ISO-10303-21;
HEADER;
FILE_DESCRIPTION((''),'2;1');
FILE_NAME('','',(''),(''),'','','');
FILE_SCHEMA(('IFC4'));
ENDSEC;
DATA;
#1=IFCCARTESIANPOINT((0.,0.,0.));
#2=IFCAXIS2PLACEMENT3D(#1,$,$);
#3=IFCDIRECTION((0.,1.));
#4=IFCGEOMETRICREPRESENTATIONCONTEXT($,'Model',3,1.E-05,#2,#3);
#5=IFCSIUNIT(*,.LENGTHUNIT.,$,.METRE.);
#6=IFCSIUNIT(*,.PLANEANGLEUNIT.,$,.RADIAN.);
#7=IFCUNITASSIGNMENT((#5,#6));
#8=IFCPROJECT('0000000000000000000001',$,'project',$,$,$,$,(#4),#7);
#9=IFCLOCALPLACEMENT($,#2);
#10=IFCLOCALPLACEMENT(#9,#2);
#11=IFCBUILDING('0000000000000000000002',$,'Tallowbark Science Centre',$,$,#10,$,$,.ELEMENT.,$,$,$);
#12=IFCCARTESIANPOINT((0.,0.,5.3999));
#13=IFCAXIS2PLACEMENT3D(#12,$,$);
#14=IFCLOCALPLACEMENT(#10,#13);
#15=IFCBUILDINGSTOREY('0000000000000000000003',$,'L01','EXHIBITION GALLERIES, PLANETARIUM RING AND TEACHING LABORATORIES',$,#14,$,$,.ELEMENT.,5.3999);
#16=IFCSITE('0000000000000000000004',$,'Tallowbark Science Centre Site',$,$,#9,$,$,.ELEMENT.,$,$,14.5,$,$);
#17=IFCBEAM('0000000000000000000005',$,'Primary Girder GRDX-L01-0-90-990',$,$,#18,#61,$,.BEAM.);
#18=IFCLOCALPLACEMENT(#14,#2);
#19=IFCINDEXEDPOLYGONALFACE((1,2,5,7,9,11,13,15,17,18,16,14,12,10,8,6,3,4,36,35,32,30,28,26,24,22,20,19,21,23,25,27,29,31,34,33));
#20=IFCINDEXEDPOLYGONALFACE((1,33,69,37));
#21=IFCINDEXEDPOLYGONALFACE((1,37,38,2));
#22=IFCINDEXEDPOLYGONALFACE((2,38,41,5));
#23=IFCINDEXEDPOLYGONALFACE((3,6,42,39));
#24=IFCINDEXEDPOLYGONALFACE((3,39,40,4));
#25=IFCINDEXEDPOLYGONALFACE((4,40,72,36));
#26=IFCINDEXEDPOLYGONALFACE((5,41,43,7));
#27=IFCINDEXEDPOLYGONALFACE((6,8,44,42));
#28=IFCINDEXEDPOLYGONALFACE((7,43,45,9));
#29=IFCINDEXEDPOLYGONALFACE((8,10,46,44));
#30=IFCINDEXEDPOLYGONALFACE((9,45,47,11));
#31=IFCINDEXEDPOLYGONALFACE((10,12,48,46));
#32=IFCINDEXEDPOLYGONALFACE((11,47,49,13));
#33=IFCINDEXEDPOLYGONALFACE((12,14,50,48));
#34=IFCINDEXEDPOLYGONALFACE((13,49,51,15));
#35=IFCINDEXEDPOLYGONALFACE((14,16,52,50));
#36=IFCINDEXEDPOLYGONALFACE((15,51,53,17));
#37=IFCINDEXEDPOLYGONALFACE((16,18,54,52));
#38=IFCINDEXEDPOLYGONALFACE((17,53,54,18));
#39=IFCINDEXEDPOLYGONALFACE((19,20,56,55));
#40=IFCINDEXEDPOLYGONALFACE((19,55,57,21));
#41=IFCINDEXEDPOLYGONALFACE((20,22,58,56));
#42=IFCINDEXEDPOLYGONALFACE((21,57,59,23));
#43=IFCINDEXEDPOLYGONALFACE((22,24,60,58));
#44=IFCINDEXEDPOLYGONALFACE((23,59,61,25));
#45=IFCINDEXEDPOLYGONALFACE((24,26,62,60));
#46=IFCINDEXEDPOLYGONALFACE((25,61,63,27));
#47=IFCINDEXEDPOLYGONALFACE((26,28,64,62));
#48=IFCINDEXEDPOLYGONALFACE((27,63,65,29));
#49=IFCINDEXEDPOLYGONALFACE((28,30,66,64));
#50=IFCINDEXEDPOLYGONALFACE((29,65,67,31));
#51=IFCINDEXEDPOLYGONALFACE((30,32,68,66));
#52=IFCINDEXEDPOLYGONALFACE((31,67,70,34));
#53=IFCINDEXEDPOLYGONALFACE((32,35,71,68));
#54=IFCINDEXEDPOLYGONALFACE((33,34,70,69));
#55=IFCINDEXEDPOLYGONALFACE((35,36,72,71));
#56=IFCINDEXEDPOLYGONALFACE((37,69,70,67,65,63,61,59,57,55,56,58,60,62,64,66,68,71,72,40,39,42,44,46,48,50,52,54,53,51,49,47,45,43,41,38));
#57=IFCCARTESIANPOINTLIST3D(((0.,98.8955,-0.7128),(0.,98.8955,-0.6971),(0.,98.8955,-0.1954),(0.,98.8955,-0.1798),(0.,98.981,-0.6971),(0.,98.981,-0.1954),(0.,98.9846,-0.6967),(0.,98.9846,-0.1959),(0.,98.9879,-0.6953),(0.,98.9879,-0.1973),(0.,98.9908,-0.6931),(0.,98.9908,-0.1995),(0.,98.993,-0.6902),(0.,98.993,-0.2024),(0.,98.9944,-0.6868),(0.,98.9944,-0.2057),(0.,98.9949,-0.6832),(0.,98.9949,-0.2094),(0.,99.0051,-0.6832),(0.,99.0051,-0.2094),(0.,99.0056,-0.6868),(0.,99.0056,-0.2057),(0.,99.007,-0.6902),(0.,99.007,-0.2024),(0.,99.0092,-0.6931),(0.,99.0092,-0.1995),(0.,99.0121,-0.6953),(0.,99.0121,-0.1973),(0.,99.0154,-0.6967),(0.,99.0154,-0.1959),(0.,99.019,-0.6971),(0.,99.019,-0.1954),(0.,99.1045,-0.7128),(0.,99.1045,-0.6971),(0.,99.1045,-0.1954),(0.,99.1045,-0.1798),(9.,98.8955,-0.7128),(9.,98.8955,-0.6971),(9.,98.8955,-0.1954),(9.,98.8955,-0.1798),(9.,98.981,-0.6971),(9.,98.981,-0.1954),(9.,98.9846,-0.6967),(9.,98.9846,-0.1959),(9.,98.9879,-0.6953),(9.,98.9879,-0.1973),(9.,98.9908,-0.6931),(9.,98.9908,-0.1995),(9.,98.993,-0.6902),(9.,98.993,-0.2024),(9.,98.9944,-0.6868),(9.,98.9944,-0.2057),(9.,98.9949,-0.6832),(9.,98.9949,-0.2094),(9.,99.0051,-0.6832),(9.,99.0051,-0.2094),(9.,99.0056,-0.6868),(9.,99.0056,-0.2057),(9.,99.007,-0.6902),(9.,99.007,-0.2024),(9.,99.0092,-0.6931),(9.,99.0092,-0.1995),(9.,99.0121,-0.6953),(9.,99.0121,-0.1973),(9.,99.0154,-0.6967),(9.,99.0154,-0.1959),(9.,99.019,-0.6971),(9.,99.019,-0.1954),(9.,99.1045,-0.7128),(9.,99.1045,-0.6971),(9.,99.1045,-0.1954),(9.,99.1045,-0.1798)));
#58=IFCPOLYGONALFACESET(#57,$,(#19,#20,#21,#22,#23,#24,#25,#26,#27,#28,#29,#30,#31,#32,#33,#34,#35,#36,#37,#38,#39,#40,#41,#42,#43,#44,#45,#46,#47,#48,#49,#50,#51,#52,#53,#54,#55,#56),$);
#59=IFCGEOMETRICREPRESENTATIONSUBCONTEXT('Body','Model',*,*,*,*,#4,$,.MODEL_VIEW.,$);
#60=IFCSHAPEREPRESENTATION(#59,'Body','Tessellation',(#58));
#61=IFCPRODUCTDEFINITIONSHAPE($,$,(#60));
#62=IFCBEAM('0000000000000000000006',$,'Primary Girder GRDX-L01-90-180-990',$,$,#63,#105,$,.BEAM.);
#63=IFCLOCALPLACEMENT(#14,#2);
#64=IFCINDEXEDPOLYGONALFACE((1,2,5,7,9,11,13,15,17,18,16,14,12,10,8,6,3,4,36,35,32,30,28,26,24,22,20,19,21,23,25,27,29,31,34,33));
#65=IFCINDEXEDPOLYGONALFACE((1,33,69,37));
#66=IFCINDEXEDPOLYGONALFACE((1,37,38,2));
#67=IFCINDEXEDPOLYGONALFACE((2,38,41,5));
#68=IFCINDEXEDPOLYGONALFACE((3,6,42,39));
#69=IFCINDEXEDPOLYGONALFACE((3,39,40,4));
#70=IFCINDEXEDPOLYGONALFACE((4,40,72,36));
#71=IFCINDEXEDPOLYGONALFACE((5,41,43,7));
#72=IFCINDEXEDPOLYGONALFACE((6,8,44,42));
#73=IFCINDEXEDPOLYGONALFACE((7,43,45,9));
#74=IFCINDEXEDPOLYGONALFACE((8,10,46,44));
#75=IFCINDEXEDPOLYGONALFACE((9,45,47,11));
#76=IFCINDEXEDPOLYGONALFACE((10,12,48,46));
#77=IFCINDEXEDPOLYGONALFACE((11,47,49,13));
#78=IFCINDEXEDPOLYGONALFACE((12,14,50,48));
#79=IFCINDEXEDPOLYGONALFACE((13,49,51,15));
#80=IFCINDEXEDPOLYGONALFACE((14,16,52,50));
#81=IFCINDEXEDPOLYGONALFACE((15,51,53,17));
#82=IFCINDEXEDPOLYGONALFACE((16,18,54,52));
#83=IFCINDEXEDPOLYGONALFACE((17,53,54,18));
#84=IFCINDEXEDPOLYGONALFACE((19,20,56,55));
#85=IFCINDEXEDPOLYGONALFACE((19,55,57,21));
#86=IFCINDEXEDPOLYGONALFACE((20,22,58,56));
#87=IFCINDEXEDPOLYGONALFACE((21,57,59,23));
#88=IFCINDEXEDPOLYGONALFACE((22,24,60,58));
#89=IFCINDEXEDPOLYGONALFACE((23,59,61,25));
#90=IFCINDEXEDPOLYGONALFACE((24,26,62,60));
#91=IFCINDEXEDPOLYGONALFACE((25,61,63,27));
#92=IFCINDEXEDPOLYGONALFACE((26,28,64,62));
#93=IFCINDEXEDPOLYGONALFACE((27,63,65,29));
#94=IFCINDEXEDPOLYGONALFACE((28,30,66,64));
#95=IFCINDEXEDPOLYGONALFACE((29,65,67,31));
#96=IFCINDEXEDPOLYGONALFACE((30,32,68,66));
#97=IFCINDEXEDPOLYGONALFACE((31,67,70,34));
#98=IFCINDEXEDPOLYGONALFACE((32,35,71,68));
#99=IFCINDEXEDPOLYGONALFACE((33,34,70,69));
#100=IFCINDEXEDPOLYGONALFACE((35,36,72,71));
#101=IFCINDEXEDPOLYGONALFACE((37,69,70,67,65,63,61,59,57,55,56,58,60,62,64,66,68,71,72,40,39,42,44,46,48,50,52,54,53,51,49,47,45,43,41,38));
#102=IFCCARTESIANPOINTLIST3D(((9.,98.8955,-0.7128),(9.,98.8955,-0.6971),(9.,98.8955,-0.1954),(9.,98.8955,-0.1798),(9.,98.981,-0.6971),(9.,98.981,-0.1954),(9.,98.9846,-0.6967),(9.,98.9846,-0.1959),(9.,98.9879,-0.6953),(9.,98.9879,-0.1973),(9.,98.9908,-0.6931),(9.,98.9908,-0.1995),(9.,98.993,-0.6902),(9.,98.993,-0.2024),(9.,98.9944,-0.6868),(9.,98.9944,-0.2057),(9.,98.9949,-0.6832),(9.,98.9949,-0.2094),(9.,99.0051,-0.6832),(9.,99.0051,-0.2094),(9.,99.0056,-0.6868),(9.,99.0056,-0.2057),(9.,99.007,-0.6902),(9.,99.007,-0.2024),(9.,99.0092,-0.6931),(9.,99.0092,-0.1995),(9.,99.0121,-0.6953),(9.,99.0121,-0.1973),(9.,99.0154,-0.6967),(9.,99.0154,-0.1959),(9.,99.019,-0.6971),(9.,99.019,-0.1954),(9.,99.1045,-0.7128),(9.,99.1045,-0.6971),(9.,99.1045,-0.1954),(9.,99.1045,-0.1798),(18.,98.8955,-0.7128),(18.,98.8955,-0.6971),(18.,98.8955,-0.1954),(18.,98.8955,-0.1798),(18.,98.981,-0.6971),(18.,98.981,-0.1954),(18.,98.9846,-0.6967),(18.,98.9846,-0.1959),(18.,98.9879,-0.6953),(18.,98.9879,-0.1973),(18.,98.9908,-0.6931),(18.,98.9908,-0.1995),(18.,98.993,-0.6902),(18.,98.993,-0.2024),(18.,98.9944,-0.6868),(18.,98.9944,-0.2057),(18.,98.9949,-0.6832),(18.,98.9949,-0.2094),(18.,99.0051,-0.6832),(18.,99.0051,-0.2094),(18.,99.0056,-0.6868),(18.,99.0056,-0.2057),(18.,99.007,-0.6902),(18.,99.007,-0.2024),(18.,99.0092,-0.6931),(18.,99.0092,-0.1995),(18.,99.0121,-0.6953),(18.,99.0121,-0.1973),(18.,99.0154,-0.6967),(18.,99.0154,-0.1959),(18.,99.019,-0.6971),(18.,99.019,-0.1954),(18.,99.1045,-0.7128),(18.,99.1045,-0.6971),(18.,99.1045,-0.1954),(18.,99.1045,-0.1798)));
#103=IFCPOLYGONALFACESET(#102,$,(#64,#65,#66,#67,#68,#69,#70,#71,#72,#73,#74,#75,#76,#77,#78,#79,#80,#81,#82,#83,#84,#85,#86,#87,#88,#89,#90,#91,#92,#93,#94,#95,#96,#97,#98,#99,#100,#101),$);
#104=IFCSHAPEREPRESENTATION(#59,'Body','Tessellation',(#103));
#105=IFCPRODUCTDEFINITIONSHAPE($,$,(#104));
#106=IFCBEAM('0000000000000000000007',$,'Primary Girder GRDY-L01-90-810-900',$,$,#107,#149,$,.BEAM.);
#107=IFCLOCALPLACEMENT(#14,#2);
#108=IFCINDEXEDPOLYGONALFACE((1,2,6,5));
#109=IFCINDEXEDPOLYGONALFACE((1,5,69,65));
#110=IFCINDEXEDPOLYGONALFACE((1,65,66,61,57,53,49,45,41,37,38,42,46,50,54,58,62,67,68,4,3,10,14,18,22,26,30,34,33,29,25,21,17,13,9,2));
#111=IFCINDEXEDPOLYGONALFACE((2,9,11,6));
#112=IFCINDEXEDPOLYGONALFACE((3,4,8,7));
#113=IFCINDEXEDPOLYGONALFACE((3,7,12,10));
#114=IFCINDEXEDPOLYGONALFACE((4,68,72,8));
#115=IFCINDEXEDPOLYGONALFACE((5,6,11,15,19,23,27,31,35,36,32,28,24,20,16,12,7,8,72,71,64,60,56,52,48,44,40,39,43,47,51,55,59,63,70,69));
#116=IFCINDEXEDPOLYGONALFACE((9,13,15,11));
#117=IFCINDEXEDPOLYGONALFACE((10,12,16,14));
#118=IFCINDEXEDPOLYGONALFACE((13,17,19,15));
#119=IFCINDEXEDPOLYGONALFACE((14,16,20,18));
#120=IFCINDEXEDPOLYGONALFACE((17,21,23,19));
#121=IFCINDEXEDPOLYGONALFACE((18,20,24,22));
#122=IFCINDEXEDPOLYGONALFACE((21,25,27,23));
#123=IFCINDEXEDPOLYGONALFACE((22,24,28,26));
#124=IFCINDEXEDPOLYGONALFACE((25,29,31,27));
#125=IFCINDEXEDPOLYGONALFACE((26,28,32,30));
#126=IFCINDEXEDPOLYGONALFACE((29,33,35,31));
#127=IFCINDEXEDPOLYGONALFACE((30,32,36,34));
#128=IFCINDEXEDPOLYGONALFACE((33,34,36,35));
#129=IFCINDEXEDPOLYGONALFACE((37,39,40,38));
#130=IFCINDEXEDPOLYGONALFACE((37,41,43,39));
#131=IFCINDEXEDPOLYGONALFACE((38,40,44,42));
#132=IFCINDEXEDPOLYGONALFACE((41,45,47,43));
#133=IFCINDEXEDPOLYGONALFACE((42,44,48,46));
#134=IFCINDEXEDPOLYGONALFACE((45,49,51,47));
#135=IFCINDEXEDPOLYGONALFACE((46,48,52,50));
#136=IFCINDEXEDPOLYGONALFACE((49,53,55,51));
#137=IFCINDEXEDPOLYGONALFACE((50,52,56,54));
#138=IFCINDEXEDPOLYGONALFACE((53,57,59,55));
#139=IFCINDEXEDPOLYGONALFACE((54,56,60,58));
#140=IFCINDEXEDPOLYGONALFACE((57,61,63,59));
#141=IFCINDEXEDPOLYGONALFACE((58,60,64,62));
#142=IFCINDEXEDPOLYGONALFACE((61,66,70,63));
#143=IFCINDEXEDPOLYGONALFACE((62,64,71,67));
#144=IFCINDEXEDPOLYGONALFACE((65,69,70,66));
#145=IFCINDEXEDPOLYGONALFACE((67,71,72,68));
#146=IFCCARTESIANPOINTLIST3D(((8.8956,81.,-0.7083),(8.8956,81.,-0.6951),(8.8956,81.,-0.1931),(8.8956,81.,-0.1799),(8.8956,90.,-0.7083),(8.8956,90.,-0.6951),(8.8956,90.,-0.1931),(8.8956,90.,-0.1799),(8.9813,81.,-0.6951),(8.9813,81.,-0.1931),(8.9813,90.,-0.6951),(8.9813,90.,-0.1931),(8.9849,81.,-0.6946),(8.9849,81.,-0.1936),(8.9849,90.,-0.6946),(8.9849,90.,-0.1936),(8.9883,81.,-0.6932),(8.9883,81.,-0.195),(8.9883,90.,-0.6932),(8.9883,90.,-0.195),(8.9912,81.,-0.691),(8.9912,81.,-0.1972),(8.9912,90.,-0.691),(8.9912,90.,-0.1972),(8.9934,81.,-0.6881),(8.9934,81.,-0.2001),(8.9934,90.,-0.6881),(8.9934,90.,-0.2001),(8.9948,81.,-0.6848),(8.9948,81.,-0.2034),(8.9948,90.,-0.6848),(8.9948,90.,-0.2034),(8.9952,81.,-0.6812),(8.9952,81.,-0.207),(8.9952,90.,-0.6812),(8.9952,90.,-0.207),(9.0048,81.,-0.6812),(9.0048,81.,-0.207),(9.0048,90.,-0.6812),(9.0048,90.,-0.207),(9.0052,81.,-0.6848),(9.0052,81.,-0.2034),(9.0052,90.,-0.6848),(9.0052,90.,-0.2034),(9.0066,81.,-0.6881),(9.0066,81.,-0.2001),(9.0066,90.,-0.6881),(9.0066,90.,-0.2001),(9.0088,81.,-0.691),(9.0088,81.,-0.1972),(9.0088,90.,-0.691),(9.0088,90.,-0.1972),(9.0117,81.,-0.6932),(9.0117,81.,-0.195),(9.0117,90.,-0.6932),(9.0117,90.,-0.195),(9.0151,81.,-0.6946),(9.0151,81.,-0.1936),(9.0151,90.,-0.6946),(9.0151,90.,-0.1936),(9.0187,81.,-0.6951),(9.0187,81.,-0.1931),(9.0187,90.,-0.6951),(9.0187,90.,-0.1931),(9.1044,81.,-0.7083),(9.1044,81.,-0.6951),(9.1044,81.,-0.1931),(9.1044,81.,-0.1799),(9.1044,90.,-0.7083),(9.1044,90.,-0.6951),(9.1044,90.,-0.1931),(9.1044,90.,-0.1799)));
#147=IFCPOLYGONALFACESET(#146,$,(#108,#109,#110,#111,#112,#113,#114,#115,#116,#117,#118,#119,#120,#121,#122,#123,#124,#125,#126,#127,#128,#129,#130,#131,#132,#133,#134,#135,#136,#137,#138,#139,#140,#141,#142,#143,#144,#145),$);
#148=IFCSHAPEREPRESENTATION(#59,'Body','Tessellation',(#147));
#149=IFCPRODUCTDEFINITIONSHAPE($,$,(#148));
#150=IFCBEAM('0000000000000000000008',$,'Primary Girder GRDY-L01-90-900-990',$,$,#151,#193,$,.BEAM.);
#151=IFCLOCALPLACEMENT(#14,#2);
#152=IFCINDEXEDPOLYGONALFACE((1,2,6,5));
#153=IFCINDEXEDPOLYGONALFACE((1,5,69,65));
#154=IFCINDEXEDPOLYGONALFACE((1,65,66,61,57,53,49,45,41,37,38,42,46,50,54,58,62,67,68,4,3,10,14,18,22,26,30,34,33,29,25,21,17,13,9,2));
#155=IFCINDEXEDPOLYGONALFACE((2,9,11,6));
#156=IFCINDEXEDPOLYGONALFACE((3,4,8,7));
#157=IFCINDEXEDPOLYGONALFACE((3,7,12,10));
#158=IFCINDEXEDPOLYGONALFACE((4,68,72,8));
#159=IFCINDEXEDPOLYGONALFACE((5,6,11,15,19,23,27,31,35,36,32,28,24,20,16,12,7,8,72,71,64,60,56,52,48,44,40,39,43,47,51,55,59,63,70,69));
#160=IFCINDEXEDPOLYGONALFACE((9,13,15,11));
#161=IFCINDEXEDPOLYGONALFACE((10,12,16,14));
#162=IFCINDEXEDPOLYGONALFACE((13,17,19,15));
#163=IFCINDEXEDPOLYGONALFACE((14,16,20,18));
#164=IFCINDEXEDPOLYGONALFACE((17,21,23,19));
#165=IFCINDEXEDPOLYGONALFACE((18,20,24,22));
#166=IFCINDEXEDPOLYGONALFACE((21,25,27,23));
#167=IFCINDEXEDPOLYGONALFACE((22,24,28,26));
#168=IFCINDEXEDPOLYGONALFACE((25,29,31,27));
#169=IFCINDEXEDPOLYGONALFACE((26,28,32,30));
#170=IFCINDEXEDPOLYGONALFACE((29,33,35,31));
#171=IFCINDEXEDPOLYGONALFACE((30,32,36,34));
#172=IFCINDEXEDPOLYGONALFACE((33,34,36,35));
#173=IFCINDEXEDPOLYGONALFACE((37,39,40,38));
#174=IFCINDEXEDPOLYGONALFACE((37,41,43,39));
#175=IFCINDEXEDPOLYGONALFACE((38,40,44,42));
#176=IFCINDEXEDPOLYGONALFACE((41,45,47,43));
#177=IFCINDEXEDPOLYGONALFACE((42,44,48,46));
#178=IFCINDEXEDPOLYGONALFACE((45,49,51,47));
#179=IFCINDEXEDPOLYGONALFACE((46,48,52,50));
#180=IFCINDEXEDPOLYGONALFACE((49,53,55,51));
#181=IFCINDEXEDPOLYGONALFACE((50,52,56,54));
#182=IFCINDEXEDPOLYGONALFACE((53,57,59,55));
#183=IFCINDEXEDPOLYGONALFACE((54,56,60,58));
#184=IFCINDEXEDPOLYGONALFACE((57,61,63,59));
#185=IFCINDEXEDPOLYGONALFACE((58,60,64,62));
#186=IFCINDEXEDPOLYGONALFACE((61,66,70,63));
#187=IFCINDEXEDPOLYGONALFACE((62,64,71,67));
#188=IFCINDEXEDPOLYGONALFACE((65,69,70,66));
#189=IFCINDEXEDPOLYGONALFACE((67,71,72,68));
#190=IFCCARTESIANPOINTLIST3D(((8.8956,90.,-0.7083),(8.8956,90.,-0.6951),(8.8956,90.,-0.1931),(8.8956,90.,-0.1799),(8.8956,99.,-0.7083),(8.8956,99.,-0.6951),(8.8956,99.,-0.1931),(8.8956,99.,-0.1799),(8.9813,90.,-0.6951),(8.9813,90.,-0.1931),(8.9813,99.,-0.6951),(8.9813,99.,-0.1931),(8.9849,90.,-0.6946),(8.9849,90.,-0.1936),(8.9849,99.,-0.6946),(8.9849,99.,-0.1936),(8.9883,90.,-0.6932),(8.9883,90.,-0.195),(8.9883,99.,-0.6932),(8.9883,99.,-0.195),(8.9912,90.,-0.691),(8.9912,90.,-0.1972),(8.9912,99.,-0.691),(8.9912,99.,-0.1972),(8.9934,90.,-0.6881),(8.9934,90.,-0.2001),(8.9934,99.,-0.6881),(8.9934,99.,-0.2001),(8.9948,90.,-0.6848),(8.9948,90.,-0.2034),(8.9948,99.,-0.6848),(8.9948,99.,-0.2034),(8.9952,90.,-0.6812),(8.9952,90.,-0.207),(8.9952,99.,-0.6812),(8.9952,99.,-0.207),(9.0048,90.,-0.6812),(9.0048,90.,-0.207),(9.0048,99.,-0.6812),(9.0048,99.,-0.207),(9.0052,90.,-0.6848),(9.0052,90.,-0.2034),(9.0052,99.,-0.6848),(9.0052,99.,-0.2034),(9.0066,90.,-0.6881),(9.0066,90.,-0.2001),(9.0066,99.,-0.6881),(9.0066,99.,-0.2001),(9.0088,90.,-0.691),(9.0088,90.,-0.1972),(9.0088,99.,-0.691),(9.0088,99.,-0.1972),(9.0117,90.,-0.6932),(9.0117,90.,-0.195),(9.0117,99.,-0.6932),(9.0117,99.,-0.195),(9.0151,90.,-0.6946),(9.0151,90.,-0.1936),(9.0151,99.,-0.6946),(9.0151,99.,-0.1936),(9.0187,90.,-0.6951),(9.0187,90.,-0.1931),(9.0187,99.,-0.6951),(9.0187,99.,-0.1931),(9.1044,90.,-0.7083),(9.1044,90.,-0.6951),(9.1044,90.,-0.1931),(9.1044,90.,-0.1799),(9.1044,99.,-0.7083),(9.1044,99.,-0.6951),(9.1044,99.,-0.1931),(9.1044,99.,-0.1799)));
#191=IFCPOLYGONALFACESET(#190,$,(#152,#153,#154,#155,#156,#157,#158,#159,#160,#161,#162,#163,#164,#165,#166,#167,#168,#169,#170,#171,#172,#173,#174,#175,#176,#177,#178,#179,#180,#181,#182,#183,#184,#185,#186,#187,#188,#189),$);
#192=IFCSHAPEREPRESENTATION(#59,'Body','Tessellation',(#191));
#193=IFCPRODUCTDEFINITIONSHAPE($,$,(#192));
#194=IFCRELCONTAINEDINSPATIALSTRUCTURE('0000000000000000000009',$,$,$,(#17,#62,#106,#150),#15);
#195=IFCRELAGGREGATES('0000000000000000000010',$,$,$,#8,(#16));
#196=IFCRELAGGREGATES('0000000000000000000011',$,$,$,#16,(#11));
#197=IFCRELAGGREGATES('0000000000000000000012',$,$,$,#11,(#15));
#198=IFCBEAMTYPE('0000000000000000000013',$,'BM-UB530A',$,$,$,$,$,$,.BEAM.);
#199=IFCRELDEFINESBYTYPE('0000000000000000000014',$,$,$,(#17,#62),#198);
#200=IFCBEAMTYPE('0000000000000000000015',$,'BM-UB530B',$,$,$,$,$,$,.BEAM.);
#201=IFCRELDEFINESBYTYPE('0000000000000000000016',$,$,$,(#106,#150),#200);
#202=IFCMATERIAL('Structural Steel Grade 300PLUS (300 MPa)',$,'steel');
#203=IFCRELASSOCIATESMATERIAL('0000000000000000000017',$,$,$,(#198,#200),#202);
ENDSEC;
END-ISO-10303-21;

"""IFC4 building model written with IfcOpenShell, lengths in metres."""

from ifc_helpers import new_model, si_unit, direction, frame, origin, origin_2d, place, context, subcontext, project, spatial, i_section, extrude, material, material_profile, profile_set, type_object, element, save


model = new_model("IFC4")

# Units and contexts
model_context = context("Model", 3, precision=1e-05, world=origin(), true_north=direction((0.0, 1.0)))
body_context = subcontext(model_context, "Body", "Model", "MODEL_VIEW")
ifc_project = project(units=[si_unit("LENGTHUNIT", "METRE"), si_unit("PLANEANGLEUNIT", "RADIAN")], contexts=[model_context])

# Site, building, storey
site_placement = place(None, origin())
site = spatial("IfcSite", under=ifc_project, at=site_placement, Name="Tallowbark Science Centre Site", CompositionType="ELEMENT", RefElevation=14.5)
building_placement = place(site_placement, origin())
building = spatial("IfcBuilding", under=site, at=building_placement, Name="Tallowbark Science Centre", CompositionType="ELEMENT")
storey_placement = place(building_placement, frame((0.0, 0.0, 5.3999)))
storey = spatial("IfcBuildingStorey", under=building, at=storey_placement, Name="L01", Description="EXHIBITION GALLERIES, PLANETARIUM RING AND TEACHING LABORATORIES", CompositionType="ELEMENT", Elevation=5.3999)

# Beams
ifc_material = material(Name="Structural Steel Grade 300PLUS (300 MPa)", Category="steel")
ifc_material_profile_1 = material_profile(ifc_material, i_section(OverallWidth=0.209, OverallDepth=0.533, WebThickness=0.0103, FlangeThickness=0.0156, FilletRadius=0.0139, at=origin_2d()), Name="530UB92.4")
ifc_profile_set_1 = profile_set([ifc_material_profile_1], Name="Structural Steel Grade 300PLUS (300 MPa)")
beam_type_1 = type_object("IfcBeamType", Name="BM-UB530A", PredefinedType="BEAM", material=ifc_profile_set_1)
for number, where, z_axis, x_axis, name in (
    (1, (0.0, 99.0, -0.4463), (1.0, 0.0, 0.0), (0.0, 1.0, 0.0), "Primary Girder GRDX-L01-0-90-990"),
    (2, (9.0, 99.0, -0.4463), (1.0, 0.0, 0.0), (0.0, 1.0, 0.0), "Primary Girder GRDX-L01-90-180-990"),
):
    element("IfcBeam", number, at=place(storey_placement, frame(where, z_axis=z_axis, x_axis=x_axis)), inside=storey, type_object=beam_type_1, Name=name, PredefinedType="BEAM", context=body_context, shape_type="SweptSolid", body=[
        extrude(i_section(OverallWidth=0.209, OverallDepth=0.533, WebThickness=0.0103, FlangeThickness=0.0156, FilletRadius=0.0139, at=origin_2d()), origin(), (0.0, 0.0, 1.0), 9.0),
    ])
ifc_material_profile_2 = material_profile(ifc_material, i_section(OverallWidth=0.2087, OverallDepth=0.5283, WebThickness=0.0095, FlangeThickness=0.0132, FilletRadius=0.0139, at=origin_2d()), Name="530UB82.0")
ifc_profile_set_2 = profile_set([ifc_material_profile_2], Name="Structural Steel Grade 300PLUS (300 MPa)")
beam_type_2 = type_object("IfcBeamType", Name="BM-UB530B", PredefinedType="BEAM", material=ifc_profile_set_2)
for number, where, z_axis, x_axis, name in (
    (3, (9.0, 81.0, -0.4441), (0.0, 1.0, 0.0), (-1.0, 0.0, 0.0), "Primary Girder GRDY-L01-90-810-900"),
    (4, (9.0, 90.0, -0.4441), (0.0, 1.0, 0.0), (-1.0, 0.0, 0.0), "Primary Girder GRDY-L01-90-900-990"),
):
    element("IfcBeam", number, at=place(storey_placement, frame(where, z_axis=z_axis, x_axis=x_axis)), inside=storey, type_object=beam_type_2, Name=name, PredefinedType="BEAM", context=body_context, shape_type="SweptSolid", body=[
        extrude(i_section(OverallWidth=0.2087, OverallDepth=0.5283, WebThickness=0.0095, FlangeThickness=0.0132, FilletRadius=0.0139, at=origin_2d()), origin(), (0.0, 0.0, 1.0), 9.0),
    ])

save(model, "model.ifc")
